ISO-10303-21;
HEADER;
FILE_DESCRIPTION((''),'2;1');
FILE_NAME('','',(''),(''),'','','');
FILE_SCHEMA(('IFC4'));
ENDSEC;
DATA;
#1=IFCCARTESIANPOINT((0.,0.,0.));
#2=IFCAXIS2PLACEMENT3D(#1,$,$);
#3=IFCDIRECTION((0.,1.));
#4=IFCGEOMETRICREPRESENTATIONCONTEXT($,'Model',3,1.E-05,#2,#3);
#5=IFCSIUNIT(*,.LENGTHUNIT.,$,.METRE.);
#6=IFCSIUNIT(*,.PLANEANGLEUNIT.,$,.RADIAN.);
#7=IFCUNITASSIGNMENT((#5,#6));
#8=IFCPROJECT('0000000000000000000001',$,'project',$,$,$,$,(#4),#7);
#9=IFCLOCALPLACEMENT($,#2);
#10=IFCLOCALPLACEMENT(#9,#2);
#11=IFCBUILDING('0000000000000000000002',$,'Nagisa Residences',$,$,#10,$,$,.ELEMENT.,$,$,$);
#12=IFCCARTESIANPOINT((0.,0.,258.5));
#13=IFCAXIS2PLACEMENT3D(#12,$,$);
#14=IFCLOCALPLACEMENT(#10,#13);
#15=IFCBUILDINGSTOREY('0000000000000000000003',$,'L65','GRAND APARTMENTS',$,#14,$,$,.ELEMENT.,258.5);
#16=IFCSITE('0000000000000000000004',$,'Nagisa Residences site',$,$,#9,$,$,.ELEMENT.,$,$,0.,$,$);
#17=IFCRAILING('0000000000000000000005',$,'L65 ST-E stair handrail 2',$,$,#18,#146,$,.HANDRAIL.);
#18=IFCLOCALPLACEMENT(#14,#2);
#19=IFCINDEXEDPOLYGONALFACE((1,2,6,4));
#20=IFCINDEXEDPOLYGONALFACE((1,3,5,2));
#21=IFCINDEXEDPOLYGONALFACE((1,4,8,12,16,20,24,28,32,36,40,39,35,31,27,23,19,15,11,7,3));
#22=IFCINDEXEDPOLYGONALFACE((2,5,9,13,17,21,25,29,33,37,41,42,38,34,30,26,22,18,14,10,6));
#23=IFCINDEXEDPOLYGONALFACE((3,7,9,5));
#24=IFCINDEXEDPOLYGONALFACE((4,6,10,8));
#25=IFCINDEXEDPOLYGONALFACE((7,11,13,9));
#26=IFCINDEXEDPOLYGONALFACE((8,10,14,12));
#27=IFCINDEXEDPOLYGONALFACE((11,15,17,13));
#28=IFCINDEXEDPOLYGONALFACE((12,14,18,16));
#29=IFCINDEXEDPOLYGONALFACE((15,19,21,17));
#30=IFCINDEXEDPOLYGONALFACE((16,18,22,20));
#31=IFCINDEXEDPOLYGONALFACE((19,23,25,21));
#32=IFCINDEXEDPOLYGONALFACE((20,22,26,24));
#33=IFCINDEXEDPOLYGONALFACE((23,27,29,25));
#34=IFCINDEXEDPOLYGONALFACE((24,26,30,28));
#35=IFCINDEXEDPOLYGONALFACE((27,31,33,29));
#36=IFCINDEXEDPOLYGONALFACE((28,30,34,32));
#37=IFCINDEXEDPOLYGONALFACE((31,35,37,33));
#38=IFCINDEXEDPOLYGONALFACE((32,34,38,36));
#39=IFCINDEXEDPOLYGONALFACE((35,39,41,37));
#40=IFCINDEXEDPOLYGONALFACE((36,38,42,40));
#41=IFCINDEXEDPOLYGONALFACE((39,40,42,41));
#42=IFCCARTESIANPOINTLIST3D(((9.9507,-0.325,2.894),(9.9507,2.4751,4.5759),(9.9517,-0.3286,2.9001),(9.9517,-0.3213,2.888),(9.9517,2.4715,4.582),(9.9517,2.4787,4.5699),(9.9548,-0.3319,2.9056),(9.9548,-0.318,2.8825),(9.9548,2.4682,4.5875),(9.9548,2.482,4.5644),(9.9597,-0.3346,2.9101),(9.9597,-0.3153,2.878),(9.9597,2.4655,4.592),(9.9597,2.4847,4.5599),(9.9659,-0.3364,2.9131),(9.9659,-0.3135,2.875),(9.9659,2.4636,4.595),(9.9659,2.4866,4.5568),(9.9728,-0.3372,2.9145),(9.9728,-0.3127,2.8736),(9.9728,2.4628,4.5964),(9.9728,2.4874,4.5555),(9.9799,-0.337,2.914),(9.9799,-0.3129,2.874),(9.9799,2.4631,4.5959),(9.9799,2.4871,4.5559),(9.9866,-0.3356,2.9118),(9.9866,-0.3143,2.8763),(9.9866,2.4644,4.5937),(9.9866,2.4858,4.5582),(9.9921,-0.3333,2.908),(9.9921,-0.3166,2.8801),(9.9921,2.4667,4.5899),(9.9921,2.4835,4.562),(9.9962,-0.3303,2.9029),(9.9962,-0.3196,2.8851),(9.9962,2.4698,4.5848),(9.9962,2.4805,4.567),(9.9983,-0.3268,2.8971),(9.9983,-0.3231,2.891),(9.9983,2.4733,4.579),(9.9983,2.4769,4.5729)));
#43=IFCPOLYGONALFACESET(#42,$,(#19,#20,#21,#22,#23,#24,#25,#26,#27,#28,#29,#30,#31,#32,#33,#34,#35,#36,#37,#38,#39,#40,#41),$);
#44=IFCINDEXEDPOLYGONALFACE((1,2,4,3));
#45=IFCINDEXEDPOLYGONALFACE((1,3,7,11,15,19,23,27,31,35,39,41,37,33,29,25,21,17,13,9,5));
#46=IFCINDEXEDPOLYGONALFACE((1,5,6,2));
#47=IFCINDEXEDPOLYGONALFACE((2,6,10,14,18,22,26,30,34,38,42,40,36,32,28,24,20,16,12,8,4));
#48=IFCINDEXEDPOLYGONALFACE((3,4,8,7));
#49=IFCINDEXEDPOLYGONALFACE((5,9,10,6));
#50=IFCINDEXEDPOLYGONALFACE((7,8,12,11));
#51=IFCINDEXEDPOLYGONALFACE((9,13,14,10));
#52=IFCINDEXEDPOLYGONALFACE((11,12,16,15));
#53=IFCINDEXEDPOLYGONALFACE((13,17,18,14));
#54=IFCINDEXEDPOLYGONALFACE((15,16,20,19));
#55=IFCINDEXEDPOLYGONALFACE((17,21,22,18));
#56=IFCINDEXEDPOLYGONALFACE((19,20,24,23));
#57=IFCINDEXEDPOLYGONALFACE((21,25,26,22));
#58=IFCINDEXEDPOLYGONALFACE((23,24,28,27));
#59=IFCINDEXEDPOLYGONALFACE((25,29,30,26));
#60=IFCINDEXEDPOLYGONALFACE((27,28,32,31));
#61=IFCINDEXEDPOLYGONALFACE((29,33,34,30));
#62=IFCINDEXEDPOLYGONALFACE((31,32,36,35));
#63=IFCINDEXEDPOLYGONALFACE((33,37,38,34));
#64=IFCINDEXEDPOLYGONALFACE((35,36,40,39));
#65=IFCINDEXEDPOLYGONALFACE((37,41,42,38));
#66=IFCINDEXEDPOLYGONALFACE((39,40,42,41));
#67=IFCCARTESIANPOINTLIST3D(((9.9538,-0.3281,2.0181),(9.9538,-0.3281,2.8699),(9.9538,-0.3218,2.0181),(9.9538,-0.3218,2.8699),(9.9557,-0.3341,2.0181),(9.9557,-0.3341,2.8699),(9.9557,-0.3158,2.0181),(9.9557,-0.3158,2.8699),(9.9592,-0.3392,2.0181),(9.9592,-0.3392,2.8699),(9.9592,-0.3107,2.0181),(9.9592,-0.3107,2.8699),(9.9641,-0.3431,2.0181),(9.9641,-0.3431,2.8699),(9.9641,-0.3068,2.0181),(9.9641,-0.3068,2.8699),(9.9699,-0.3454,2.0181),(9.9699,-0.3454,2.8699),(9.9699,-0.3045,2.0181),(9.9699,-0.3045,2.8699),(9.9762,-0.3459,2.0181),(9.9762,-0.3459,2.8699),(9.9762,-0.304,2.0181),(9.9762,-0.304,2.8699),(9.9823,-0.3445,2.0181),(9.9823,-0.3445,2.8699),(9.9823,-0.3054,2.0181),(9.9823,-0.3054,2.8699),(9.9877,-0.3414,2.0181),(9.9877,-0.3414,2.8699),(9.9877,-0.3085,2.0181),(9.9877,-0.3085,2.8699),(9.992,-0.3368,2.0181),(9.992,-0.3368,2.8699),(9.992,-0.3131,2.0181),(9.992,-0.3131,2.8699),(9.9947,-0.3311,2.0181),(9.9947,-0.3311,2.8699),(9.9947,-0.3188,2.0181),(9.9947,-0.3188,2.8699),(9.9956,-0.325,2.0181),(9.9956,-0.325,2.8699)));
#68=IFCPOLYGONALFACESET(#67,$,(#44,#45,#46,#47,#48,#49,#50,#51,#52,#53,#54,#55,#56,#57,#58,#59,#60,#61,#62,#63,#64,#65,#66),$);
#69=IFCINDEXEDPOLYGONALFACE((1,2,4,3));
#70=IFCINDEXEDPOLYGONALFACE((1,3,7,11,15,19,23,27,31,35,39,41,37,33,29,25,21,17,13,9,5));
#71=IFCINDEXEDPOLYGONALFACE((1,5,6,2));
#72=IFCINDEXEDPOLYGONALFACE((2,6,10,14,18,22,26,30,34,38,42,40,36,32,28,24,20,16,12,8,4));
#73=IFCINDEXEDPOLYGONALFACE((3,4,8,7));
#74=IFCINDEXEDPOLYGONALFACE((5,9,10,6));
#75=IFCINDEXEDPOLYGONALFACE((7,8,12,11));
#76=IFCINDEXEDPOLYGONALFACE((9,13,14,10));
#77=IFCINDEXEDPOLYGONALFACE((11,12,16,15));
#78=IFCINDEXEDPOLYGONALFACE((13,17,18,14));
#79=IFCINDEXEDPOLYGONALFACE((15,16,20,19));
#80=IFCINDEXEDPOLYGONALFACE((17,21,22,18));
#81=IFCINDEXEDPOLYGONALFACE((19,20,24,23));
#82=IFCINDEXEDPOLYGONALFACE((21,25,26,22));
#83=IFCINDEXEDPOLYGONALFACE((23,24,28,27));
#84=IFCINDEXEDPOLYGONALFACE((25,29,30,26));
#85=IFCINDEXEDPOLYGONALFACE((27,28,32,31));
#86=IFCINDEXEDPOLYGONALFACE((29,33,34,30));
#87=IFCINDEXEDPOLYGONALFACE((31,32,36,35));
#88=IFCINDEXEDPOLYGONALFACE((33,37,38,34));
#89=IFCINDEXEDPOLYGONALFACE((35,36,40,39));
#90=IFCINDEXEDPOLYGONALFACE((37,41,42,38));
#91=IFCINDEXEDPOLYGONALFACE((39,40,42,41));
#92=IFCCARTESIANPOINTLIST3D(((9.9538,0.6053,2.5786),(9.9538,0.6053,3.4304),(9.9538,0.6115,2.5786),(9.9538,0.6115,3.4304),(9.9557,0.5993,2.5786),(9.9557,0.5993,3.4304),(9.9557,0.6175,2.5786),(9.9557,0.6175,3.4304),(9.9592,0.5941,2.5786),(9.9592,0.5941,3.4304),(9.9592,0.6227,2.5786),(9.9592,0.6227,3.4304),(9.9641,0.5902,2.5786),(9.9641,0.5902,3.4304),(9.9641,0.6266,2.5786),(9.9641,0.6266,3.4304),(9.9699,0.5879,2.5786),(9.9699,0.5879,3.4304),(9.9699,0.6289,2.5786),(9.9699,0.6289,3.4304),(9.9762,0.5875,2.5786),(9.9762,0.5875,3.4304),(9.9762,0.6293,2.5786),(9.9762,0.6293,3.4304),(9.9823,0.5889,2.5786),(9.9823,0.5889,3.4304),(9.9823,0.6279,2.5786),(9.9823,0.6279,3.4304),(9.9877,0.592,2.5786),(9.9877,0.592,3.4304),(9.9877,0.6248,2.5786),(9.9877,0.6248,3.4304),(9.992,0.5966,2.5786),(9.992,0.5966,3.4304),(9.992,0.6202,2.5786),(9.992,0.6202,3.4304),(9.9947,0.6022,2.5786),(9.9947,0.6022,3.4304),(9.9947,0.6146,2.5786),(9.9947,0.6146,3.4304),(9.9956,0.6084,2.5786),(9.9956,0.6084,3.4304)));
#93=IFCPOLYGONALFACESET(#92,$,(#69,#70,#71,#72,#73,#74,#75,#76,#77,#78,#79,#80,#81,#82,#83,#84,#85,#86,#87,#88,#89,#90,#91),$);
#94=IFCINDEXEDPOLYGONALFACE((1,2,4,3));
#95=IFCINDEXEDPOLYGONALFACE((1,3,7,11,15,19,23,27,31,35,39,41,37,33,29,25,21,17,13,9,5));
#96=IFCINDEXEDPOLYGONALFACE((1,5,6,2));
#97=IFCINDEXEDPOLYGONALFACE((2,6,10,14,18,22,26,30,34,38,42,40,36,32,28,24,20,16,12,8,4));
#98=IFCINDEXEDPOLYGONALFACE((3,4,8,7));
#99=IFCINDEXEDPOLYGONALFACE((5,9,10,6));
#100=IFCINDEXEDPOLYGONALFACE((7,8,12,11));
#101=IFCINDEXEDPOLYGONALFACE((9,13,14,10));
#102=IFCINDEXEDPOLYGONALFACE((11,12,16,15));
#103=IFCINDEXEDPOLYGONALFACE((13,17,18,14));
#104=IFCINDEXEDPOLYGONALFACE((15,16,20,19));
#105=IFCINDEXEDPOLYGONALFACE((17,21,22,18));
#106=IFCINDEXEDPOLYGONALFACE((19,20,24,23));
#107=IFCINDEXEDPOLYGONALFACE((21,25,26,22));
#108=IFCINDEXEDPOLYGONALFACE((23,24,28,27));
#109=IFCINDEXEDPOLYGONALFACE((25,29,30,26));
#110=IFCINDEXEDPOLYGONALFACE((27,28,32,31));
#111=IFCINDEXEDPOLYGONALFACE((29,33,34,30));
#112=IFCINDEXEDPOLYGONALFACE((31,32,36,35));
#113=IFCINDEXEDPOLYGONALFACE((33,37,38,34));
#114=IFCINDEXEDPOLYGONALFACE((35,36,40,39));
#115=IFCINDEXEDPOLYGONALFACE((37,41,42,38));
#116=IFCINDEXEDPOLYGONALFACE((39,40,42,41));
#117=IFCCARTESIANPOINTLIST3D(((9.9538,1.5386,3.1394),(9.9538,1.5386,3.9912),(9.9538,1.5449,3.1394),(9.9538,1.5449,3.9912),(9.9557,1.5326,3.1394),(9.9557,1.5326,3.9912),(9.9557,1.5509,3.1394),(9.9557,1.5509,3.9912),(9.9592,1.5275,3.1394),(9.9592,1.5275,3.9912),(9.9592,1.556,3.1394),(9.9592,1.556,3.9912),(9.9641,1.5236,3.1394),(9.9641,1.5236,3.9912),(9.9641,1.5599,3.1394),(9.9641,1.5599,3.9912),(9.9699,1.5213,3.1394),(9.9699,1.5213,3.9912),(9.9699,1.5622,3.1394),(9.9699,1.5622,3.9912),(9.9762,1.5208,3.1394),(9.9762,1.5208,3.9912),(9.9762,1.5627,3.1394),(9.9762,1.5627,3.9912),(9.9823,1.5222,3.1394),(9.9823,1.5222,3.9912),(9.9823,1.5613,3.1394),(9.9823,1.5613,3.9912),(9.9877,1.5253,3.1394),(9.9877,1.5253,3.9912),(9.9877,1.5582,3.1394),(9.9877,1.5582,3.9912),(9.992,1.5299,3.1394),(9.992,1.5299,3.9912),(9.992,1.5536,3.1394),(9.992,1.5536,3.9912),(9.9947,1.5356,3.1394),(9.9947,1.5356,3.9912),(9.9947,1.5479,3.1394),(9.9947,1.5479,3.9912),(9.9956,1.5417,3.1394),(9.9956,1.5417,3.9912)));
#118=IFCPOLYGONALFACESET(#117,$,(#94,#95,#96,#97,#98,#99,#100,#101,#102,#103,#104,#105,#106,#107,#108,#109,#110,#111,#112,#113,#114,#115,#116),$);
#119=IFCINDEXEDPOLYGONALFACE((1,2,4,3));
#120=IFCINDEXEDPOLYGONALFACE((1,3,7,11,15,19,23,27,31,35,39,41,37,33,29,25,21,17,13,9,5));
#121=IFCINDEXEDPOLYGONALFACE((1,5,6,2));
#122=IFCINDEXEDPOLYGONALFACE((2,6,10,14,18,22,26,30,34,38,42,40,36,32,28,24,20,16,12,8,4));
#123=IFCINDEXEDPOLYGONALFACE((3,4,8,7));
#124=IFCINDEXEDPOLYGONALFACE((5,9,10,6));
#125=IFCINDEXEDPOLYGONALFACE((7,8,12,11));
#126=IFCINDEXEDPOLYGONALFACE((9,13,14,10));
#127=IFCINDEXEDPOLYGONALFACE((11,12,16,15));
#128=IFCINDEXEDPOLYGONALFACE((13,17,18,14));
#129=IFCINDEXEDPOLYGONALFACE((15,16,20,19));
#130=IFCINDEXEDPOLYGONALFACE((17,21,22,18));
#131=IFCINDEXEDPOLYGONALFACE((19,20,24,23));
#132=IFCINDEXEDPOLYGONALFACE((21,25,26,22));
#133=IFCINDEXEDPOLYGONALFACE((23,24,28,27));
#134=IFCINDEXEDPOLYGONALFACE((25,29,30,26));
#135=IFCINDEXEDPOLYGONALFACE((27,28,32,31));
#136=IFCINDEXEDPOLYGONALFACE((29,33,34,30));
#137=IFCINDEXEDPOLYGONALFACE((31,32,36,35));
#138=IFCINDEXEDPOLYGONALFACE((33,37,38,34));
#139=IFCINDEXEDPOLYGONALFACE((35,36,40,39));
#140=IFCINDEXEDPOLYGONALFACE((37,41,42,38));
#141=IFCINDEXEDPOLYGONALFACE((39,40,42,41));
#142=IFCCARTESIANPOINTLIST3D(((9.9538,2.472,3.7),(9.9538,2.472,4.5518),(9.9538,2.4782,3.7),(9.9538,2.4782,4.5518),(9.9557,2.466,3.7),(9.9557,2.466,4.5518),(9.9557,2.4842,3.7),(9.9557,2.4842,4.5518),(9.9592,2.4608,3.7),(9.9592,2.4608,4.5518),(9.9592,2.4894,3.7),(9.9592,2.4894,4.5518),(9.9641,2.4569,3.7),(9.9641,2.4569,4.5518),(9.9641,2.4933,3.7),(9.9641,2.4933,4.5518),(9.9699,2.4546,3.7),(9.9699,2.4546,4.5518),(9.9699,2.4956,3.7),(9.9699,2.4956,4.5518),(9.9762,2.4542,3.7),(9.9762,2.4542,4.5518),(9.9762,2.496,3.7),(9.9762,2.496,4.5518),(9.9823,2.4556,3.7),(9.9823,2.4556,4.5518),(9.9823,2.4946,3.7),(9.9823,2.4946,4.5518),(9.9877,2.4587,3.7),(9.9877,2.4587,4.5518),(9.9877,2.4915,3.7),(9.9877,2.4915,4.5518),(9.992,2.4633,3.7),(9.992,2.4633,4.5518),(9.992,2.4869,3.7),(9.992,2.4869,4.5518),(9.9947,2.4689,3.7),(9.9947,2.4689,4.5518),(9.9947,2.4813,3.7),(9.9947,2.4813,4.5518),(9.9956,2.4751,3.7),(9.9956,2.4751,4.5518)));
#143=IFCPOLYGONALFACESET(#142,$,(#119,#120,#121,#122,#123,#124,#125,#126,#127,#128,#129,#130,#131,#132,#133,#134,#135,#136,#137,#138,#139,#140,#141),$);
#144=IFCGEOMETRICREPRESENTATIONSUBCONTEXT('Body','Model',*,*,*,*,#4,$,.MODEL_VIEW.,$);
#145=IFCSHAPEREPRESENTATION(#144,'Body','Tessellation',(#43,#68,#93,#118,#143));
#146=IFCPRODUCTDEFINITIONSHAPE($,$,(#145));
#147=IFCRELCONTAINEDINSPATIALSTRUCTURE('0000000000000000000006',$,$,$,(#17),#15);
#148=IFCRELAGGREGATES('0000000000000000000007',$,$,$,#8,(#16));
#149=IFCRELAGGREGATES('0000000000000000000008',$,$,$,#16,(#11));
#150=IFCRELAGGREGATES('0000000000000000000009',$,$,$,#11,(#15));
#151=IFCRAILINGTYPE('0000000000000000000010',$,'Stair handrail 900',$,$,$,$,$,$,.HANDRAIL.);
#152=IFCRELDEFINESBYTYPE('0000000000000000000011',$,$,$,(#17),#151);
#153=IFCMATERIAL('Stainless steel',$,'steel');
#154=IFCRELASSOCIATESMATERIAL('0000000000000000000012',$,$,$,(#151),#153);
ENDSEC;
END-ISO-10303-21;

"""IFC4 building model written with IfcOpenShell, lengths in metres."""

from ifc_helpers import new_model, si_unit, direction, frame, origin, origin_2d, place, context, subcontext, project, spatial, circle, extrude, material, type_object, element, save


model = new_model("IFC4")

# Units and contexts
model_context = context("Model", 3, precision=1e-05, world=origin(), true_north=direction((0.0, 1.0)))
body_context = subcontext(model_context, "Body", "Model", "MODEL_VIEW")
ifc_project = project(units=[si_unit("LENGTHUNIT", "METRE"), si_unit("PLANEANGLEUNIT", "RADIAN")], contexts=[model_context])

# Site, building, storey
site_placement = place(None, origin())
site = spatial("IfcSite", under=ifc_project, at=site_placement, Name="Nagisa Residences site", CompositionType="ELEMENT", RefElevation=0.0)
building_placement = place(site_placement, origin())
building = spatial("IfcBuilding", under=site, at=building_placement, Name="Nagisa Residences", CompositionType="ELEMENT")
storey_placement = place(building_placement, frame((0.0, 0.0, 258.5)))
storey = spatial("IfcBuildingStorey", under=building, at=storey_placement, Name="L65", Description="GRAND APARTMENTS", CompositionType="ELEMENT", Elevation=258.5)

# Railing
ifc_material_1 = material(Name="Stainless steel", Category="steel")
railing_type_1 = type_object("IfcRailingType", Name="Stair handrail 900", PredefinedType="HANDRAIL", material=ifc_material_1)
railing_1_placement = place(storey_placement, frame((9.9746, -0.325, 2.0181)))
element("IfcRailing", 1, at=railing_1_placement, inside=storey, type_object=railing_type_1, Name="L65 ST-E stair handrail 2", PredefinedType="HANDRAIL", context=body_context, shape_type="SweptSolid", body=[
    extrude(circle(Radius=0.0239, at=origin_2d()), frame((0.0, 0.0, 0.876), z_axis=(0.0, 0.857242, 0.514913), x_axis=(-1.0, 0.0, 0.0)), (0.0, 0.0, 1.0), 3.2664),
    extrude(circle(Radius=0.021, at=origin_2d()), origin(), (0.0, 0.0, 1.0), 0.8518),
    extrude(circle(Radius=0.021, at=origin_2d()), frame((0.0, 0.9333, 0.5605)), (0.0, 0.0, 1.0), 0.8518),
    extrude(circle(Radius=0.021, at=origin_2d()), frame((0.0, 1.8667, 1.1213)), (0.0, 0.0, 1.0), 0.8518),
    extrude(circle(Radius=0.021, at=origin_2d()), frame((0.0, 2.8, 1.6819)), (0.0, 0.0, 1.0), 0.8518),
])

save(model, "model.ifc")
